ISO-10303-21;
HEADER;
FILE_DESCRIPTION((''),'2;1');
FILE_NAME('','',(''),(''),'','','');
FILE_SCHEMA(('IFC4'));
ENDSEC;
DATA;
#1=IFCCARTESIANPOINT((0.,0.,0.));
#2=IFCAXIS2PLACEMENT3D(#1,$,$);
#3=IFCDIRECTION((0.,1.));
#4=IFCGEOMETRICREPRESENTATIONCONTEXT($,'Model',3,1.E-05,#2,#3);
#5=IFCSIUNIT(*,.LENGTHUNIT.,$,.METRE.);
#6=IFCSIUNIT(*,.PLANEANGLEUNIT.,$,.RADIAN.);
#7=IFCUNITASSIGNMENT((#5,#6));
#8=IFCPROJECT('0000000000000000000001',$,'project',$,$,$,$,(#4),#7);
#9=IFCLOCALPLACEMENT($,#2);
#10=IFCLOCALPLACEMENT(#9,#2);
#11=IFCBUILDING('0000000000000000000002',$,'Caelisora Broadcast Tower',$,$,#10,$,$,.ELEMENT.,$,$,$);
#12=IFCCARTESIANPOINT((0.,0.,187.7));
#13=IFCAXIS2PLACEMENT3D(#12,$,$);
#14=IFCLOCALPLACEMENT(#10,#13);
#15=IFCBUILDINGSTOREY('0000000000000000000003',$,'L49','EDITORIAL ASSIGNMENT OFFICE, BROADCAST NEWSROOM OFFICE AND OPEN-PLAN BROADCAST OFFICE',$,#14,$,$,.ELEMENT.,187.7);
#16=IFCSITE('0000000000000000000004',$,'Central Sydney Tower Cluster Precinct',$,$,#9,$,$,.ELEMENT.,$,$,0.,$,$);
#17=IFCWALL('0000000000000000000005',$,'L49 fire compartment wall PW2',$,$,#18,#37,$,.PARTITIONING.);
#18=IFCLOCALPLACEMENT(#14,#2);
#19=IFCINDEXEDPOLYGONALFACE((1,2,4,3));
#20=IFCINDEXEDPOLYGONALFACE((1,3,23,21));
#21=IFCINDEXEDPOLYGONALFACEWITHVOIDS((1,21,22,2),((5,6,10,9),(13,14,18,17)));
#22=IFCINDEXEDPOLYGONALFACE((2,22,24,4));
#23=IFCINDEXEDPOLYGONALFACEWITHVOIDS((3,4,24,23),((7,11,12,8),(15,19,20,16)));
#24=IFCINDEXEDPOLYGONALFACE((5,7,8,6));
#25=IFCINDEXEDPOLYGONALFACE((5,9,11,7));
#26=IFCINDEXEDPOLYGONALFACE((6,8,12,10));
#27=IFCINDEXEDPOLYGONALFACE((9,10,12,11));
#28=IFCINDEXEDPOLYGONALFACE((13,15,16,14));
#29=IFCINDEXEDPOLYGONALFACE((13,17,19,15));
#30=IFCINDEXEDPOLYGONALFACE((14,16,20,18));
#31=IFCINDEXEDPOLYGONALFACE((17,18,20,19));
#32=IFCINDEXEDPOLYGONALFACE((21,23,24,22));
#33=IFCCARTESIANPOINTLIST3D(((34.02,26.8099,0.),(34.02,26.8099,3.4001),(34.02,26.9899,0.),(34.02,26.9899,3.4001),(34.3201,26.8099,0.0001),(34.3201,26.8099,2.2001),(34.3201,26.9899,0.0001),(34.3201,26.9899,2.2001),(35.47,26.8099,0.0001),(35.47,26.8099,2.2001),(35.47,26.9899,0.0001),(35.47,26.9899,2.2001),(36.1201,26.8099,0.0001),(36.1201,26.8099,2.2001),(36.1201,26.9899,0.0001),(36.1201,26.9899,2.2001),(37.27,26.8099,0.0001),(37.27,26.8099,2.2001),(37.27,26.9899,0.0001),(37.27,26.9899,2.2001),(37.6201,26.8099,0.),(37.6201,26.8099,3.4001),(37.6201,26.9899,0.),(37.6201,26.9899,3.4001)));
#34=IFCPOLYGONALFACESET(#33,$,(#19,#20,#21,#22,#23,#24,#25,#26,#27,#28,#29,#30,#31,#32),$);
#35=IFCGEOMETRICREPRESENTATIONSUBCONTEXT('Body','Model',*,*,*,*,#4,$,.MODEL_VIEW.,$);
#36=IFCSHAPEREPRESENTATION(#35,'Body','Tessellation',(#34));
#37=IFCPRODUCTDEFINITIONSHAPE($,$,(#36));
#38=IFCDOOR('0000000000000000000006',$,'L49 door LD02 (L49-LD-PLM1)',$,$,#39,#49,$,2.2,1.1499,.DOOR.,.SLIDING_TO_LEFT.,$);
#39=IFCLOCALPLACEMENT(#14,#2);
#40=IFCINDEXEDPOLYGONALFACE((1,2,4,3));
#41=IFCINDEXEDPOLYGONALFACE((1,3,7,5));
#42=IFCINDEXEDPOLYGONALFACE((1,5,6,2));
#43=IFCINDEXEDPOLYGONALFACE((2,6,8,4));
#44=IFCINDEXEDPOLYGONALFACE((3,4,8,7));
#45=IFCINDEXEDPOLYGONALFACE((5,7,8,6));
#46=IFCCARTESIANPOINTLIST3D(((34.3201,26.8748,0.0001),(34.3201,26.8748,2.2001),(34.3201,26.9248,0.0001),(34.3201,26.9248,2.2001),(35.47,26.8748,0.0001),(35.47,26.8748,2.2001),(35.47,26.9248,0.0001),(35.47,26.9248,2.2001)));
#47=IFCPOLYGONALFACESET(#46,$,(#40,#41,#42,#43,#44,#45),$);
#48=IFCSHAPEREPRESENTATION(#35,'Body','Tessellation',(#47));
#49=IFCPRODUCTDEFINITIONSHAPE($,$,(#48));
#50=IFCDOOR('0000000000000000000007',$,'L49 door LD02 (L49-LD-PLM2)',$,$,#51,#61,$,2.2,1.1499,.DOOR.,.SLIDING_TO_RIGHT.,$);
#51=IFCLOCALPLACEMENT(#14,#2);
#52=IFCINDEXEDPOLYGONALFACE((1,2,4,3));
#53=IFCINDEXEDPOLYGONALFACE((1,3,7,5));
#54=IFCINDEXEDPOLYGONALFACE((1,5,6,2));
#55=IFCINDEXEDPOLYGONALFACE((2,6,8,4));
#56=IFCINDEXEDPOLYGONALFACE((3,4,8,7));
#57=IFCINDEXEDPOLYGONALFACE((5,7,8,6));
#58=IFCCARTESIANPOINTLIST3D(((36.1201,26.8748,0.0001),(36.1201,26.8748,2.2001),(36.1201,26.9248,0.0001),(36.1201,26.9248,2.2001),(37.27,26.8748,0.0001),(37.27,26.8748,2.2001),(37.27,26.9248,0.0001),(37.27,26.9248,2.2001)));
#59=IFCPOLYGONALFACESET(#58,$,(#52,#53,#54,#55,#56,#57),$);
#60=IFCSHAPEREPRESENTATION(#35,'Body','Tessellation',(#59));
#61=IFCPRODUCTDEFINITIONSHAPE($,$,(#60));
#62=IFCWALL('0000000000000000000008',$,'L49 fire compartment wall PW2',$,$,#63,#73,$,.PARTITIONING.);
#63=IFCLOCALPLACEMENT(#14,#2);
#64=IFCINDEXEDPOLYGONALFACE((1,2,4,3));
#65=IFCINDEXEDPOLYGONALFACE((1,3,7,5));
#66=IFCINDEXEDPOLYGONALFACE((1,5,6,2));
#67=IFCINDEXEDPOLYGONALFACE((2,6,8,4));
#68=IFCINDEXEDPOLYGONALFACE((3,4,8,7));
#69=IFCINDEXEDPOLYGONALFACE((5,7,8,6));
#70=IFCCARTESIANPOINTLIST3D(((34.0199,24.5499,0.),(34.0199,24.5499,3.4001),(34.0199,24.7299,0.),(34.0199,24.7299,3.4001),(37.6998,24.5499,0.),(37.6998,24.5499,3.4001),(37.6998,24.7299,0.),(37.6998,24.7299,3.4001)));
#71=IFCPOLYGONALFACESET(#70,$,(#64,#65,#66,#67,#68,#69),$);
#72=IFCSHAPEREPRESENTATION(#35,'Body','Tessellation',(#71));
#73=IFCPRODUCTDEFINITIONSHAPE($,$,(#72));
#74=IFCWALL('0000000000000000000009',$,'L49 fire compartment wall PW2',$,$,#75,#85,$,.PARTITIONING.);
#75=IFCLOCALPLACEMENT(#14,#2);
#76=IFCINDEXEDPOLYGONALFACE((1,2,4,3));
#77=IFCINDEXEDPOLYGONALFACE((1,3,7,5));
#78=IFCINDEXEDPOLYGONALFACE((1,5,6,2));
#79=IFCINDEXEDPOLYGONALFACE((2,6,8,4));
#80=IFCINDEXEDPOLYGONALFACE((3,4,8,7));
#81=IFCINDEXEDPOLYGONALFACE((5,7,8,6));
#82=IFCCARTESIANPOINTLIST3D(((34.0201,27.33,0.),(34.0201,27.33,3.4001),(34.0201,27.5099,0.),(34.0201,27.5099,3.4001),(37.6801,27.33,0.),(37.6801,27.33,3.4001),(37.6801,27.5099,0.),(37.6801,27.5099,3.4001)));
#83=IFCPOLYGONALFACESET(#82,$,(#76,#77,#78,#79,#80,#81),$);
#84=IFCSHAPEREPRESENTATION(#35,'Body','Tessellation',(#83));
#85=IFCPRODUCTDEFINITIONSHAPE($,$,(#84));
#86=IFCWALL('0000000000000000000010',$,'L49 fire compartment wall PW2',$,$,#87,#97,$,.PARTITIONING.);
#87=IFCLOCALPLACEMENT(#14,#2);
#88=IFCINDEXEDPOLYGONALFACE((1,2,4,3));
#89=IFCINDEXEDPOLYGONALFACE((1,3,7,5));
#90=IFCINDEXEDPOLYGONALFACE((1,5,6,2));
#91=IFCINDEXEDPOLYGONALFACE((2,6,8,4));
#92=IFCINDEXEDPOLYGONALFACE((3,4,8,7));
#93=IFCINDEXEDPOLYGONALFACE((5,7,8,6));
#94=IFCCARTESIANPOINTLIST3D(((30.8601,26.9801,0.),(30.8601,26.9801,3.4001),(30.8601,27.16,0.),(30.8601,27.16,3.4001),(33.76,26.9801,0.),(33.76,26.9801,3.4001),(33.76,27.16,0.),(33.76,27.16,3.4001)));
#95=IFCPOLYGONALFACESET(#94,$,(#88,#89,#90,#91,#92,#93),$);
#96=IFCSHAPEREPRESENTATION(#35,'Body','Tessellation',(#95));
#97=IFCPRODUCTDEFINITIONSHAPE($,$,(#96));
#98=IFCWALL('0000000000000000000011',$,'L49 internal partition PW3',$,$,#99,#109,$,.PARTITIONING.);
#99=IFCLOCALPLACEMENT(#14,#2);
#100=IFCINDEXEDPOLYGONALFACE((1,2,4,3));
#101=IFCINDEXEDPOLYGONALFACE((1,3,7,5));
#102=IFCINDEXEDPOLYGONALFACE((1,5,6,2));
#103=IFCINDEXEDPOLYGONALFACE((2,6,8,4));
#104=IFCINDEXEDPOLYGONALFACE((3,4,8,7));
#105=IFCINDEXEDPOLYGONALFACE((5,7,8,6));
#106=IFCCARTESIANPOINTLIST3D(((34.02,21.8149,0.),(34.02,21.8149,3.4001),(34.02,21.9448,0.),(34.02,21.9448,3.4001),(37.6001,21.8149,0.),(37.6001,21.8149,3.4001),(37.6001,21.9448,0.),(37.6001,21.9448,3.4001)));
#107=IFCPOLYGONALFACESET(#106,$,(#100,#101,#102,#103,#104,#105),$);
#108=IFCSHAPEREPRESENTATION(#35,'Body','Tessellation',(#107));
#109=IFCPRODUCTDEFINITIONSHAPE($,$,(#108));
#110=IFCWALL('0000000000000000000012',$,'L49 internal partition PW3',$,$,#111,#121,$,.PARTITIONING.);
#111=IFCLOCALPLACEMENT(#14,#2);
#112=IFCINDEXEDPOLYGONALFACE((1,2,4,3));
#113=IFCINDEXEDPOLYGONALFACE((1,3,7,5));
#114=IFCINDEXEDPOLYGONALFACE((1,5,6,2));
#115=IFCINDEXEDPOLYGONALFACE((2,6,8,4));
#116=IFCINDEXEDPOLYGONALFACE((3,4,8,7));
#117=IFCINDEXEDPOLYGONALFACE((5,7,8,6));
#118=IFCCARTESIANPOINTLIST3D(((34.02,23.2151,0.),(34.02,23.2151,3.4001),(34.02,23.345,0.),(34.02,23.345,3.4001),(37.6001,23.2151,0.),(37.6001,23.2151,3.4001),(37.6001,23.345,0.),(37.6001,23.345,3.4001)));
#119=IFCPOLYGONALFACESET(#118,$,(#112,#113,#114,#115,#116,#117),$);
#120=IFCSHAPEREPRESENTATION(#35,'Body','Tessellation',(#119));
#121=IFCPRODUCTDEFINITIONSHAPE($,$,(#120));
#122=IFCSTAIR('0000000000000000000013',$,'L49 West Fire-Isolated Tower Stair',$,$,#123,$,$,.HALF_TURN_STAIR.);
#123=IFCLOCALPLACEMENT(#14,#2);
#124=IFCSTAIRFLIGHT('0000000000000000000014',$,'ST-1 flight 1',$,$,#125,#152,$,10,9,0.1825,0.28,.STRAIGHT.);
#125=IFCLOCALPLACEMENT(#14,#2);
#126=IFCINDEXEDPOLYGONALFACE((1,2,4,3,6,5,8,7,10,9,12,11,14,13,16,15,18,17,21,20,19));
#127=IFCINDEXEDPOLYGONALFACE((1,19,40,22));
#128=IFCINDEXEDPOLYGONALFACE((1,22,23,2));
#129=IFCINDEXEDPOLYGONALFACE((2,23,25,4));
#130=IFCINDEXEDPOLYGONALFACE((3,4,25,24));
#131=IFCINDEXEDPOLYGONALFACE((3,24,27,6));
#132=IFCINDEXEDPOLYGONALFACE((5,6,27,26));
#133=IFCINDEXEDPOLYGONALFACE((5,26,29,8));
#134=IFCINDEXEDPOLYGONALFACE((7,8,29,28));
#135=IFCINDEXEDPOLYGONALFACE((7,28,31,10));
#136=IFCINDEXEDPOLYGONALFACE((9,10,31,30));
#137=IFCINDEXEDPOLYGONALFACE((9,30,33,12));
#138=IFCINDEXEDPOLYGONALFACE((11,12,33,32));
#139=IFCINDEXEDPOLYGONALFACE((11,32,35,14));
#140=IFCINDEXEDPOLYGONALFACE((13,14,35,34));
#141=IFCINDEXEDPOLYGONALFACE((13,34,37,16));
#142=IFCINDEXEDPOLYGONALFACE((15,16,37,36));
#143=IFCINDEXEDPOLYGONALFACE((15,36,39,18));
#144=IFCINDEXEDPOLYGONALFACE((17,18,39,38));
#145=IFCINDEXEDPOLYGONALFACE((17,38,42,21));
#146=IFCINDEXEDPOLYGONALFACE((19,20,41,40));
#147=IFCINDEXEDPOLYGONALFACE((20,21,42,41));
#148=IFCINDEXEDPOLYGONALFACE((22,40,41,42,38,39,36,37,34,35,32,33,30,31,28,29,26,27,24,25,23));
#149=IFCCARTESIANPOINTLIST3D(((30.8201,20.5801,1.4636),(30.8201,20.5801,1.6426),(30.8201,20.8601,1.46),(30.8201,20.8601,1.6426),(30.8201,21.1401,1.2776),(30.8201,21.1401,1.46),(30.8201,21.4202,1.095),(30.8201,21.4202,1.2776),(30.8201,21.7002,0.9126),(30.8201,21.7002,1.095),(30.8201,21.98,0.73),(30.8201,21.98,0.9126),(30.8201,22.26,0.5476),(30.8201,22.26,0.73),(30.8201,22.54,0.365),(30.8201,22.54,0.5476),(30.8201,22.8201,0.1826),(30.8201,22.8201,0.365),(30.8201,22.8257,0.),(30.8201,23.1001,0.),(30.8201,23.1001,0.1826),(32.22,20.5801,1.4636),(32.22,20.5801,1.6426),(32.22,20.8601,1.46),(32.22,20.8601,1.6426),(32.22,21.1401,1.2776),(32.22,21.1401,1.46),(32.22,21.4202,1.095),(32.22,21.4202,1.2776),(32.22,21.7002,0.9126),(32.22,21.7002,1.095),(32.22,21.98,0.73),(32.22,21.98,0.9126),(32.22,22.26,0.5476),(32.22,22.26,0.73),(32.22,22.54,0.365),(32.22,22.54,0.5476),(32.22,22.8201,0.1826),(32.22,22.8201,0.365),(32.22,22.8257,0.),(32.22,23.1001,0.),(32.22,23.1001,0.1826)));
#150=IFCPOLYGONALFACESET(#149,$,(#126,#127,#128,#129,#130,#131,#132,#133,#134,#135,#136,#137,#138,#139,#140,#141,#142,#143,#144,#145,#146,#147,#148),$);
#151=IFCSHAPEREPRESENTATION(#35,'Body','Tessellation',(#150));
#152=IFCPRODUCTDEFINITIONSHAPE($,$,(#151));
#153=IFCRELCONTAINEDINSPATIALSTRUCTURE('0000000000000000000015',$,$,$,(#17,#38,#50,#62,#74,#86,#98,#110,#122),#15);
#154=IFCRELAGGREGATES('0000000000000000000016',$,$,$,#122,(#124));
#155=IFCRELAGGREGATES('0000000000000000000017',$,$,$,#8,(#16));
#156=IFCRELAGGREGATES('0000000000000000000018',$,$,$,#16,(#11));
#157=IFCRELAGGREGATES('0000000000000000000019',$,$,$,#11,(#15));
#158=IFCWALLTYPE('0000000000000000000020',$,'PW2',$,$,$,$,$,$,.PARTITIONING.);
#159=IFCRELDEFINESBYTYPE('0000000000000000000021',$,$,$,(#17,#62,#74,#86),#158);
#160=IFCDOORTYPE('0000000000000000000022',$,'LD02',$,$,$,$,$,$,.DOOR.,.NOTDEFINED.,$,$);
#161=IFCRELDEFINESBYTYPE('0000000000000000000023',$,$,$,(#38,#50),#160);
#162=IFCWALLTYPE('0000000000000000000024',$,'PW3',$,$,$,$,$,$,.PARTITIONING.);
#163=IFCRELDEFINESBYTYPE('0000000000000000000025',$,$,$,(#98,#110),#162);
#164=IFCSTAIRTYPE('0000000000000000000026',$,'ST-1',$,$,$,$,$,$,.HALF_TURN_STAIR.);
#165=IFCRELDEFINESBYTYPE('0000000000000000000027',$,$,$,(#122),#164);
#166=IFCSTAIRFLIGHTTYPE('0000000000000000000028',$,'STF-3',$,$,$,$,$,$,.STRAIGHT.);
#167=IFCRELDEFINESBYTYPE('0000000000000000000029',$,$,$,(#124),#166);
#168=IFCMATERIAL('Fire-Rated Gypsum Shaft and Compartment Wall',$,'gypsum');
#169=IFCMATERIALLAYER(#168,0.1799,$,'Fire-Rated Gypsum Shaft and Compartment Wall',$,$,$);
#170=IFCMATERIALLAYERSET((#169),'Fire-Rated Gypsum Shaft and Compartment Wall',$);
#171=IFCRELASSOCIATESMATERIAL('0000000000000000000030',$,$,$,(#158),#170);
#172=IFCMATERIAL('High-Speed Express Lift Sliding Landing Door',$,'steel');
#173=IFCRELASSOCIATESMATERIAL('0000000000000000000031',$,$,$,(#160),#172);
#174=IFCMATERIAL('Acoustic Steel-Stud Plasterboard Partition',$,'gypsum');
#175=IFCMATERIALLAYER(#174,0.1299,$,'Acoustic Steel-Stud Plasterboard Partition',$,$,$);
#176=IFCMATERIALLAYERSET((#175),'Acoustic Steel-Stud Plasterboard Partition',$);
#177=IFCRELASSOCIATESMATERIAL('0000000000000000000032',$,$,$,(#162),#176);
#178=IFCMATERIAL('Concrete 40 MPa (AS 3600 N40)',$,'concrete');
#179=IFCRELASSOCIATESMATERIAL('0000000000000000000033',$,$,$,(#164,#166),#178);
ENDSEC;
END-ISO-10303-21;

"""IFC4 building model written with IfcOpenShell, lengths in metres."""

from ifc_helpers import new_model, si_unit, direction, frame, frame_2d, origin, place, context, subcontext, project, spatial, polyline, rectangle, outline, extrude, material, layer, layer_set, type_object, element, fill, aggregate, save


model = new_model("IFC4")

# Units and contexts
model_context = context("Model", 3, precision=1e-05, world=origin(), true_north=direction((0.0, 1.0)))
body_context = subcontext(model_context, "Body", "Model", "MODEL_VIEW")
ifc_project = project(units=[si_unit("LENGTHUNIT", "METRE"), si_unit("PLANEANGLEUNIT", "RADIAN")], contexts=[model_context])

# Site, building, storey
site_placement = place(None, origin())
site = spatial("IfcSite", under=ifc_project, at=site_placement, Name="Central Sydney Tower Cluster Precinct", CompositionType="ELEMENT", RefElevation=0.0)
building_placement = place(site_placement, origin())
building = spatial("IfcBuilding", under=site, at=building_placement, Name="Caelisora Broadcast Tower", CompositionType="ELEMENT")
storey_placement = place(building_placement, frame((0.0, 0.0, 187.7)))
storey = spatial("IfcBuildingStorey", under=building, at=storey_placement, Name="L49", Description="EDITORIAL ASSIGNMENT OFFICE, BROADCAST NEWSROOM OFFICE AND OPEN-PLAN BROADCAST OFFICE", CompositionType="ELEMENT", Elevation=187.7)

# Wall, openings, doors
ifc_material_1 = material(Name="Fire-Rated Gypsum Shaft and Compartment Wall", Category="gypsum")
ifc_layer_1 = layer(ifc_material_1, 0.1799, Name="Fire-Rated Gypsum Shaft and Compartment Wall")
ifc_layer_set_1 = layer_set([ifc_layer_1], Name="Fire-Rated Gypsum Shaft and Compartment Wall")
wall_type_1 = type_object("IfcWallType", Name="PW2", PredefinedType="PARTITIONING", material=ifc_layer_set_1)
wall_1_placement = place(storey_placement, frame((34.02, 26.8999, 0.0), z_axis=(0.0, 0.0, 1.0), x_axis=(1.0, 0.0, 0.0)))
wall_1 = element("IfcWall", 1, at=wall_1_placement, inside=storey, type_object=wall_type_1, Name="L49 fire compartment wall PW2", PredefinedType="PARTITIONING", context=body_context, shape_type="SweptSolid", body=[
    extrude(rectangle(XDim=3.6001, YDim=0.1799, at=frame_2d((1.8, 0.0))), origin(), (0.0, 0.0, 1.0), 3.4001),
])
opening_1_placement = place(wall_1_placement, frame((0.3, 0.0, 0.0)))
opening_1 = element("IfcOpeningElement", 2, at=opening_1_placement, cuts=wall_1, PredefinedType="OPENING", context=body_context, shape_type="SweptSolid", body=[
    extrude(rectangle(XDim=1.1499, YDim=2.2, at=frame_2d((0.575, 1.1001))), frame((0.0, 0.1021, 0.0), z_axis=(0.0, -1.0, 0.0), x_axis=(1.0, 0.0, 0.0)), (0.0, 0.0, 1.0), 0.2039),
])
opening_2_placement = place(wall_1_placement, frame((2.1001, 0.0, 0.0)))
opening_2 = element("IfcOpeningElement", 3, at=opening_2_placement, cuts=wall_1, PredefinedType="OPENING", context=body_context, shape_type="SweptSolid", body=[
    extrude(rectangle(XDim=1.1499, YDim=2.2, at=frame_2d((0.575, 1.1001))), frame((0.0, 0.1021, 0.0), z_axis=(0.0, -1.0, 0.0), x_axis=(1.0, 0.0, 0.0)), (0.0, 0.0, 1.0), 0.2039),
])
ifc_material_2 = material(Name="High-Speed Express Lift Sliding Landing Door", Category="steel")
door_type = type_object("IfcDoorType", Name="LD02", OperationType="NOTDEFINED", PredefinedType="DOOR", material=ifc_material_2)
door_1_placement = place(opening_1_placement, origin())
door_1 = element("IfcDoor", 4, at=door_1_placement, inside=storey, type_object=door_type, Name="L49 door LD02 (L49-LD-PLM1)", OperationType="SLIDING_TO_LEFT", OverallHeight=2.2, OverallWidth=1.1499, PredefinedType="DOOR", context=body_context, shape_type="SweptSolid", body=[
    extrude(rectangle(XDim=1.1499, YDim=2.2, at=frame_2d((0.575, 1.1001))), frame((0.0, 0.0249, 0.0), z_axis=(0.0, -1.0, 0.0), x_axis=(1.0, 0.0, 0.0)), (0.0, 0.0, 1.0), 0.05),
])
fill(opening_1, door_1)
door_2_placement = place(opening_2_placement, origin())
door_2 = element("IfcDoor", 5, at=door_2_placement, inside=storey, type_object=door_type, Name="L49 door LD02 (L49-LD-PLM2)", OperationType="SLIDING_TO_RIGHT", OverallHeight=2.2, OverallWidth=1.1499, PredefinedType="DOOR", context=body_context, shape_type="SweptSolid", body=[
    extrude(rectangle(XDim=1.1499, YDim=2.2, at=frame_2d((0.575, 1.1001))), frame((0.0, 0.0249, 0.0), z_axis=(0.0, -1.0, 0.0), x_axis=(1.0, 0.0, 0.0)), (0.0, 0.0, 1.0), 0.05),
])
fill(opening_2, door_2)

# Walls
wall_2_placement = place(storey_placement, frame((34.02, 24.6399, 0.0), z_axis=(0.0, 0.0, 1.0), x_axis=(1.0, 0.0, 0.0)))
element("IfcWall", 6, at=wall_2_placement, inside=storey, type_object=wall_type_1, Name="L49 fire compartment wall PW2", PredefinedType="PARTITIONING", context=body_context, shape_type="SweptSolid", body=[
    extrude(rectangle(XDim=3.6799, YDim=0.1799, at=frame_2d((1.8398, 0.0))), origin(), (0.0, 0.0, 1.0), 3.4001),
])
wall_3_placement = place(storey_placement, frame((34.02, 27.4199, 0.0), z_axis=(0.0, 0.0, 1.0), x_axis=(1.0, 0.0, 0.0)))
element("IfcWall", 7, at=wall_3_placement, inside=storey, type_object=wall_type_1, Name="L49 fire compartment wall PW2", PredefinedType="PARTITIONING", context=body_context, shape_type="SweptSolid", body=[
    extrude(rectangle(XDim=3.6599, YDim=0.1799, at=frame_2d((1.8301, 0.0))), origin(), (0.0, 0.0, 1.0), 3.4001),
])
wall_4_placement = place(storey_placement, frame((30.8601, 27.0701, 0.0), z_axis=(0.0, 0.0, 1.0), x_axis=(1.0, 0.0, 0.0)))
element("IfcWall", 8, at=wall_4_placement, inside=storey, type_object=wall_type_1, Name="L49 fire compartment wall PW2", PredefinedType="PARTITIONING", context=body_context, shape_type="SweptSolid", body=[
    extrude(rectangle(XDim=2.8999, YDim=0.1799, at=frame_2d((1.45, 0.0))), origin(), (0.0, 0.0, 1.0), 3.4001),
])
ifc_material_3 = material(Name="Acoustic Steel-Stud Plasterboard Partition", Category="gypsum")
ifc_layer_2 = layer(ifc_material_3, 0.1299, Name="Acoustic Steel-Stud Plasterboard Partition")
ifc_layer_set_2 = layer_set([ifc_layer_2], Name="Acoustic Steel-Stud Plasterboard Partition")
wall_type_2 = type_object("IfcWallType", Name="PW3", PredefinedType="PARTITIONING", material=ifc_layer_set_2)
for number, where, z_axis, x_axis, name in (
    (9, (34.02, 21.8799, 0.0), (0.0, 0.0, 1.0), (1.0, 0.0, 0.0), "L49 internal partition PW3"),
    (10, (34.02, 23.28, 0.0), (0.0, 0.0, 1.0), (1.0, 0.0, 0.0), "L49 internal partition PW3"),
):
    element("IfcWall", number, at=place(storey_placement, frame(where, z_axis=z_axis, x_axis=x_axis)), inside=storey, type_object=wall_type_2, Name=name, PredefinedType="PARTITIONING", context=body_context, shape_type="SweptSolid", body=[
        extrude(rectangle(XDim=3.5801, YDim=0.1299, at=frame_2d((1.79, 0.0))), origin(), (0.0, 0.0, 1.0), 3.4001),
    ])

# Stair, stair flight
ifc_material_4 = material(Name="Concrete 40 MPa (AS 3600 N40)", Category="concrete")
stair_type = type_object("IfcStairType", Name="ST-1", PredefinedType="HALF_TURN_STAIR", material=ifc_material_4)
stair_placement = place(storey_placement, origin())
stair = element("IfcStair", 11, at=stair_placement, inside=storey, type_object=stair_type, Name="L49 West Fire-Isolated Tower Stair", PredefinedType="HALF_TURN_STAIR")
stair_flight_type = type_object("IfcStairFlightType", Name="STF-3", PredefinedType="STRAIGHT", material=ifc_material_4)
stair_flight_placement = place(storey_placement, frame((31.52, 23.1001, 0.0), z_axis=(0.0, 0.0, 1.0), x_axis=(0.0, -1.0, 0.0)))
stair_flight = element("IfcStairFlight", 12, at=stair_flight_placement, type_object=stair_flight_type, Name="ST-1 flight 1", NumberOfRisers=10, NumberOfTreads=9, PredefinedType="STRAIGHT", RiserHeight=0.1825, TreadLength=0.28, context=body_context, shape_type="SweptSolid", body=[
    extrude(outline(polyline([(0.0, 0.0), (0.0, 0.1826), (0.28, 0.1826), (0.28, 0.365), (0.5601, 0.365), (0.5601, 0.5476), (0.8401, 0.5476), (0.8401, 0.73), (1.1201, 0.73), (1.1201, 0.9126), (1.3999, 0.9126), (1.3999, 1.095), (1.6799, 1.095), (1.6799, 1.2776), (1.96, 1.2776), (1.96, 1.46), (2.24, 1.46), (2.24, 1.6426), (2.52, 1.6426), (2.52, 1.825), (2.52, 1.4636), (0.2744, 0.0), (0.0, 0.0)])), frame((0.0, 0.7, 0.0), z_axis=(0.0, -1.0, 0.0), x_axis=(1.0, 0.0, 0.0)), (0.0, 0.0, 1.0), 1.3999),
])
aggregate(stair, [stair_flight])

save(model, "model.ifc")
